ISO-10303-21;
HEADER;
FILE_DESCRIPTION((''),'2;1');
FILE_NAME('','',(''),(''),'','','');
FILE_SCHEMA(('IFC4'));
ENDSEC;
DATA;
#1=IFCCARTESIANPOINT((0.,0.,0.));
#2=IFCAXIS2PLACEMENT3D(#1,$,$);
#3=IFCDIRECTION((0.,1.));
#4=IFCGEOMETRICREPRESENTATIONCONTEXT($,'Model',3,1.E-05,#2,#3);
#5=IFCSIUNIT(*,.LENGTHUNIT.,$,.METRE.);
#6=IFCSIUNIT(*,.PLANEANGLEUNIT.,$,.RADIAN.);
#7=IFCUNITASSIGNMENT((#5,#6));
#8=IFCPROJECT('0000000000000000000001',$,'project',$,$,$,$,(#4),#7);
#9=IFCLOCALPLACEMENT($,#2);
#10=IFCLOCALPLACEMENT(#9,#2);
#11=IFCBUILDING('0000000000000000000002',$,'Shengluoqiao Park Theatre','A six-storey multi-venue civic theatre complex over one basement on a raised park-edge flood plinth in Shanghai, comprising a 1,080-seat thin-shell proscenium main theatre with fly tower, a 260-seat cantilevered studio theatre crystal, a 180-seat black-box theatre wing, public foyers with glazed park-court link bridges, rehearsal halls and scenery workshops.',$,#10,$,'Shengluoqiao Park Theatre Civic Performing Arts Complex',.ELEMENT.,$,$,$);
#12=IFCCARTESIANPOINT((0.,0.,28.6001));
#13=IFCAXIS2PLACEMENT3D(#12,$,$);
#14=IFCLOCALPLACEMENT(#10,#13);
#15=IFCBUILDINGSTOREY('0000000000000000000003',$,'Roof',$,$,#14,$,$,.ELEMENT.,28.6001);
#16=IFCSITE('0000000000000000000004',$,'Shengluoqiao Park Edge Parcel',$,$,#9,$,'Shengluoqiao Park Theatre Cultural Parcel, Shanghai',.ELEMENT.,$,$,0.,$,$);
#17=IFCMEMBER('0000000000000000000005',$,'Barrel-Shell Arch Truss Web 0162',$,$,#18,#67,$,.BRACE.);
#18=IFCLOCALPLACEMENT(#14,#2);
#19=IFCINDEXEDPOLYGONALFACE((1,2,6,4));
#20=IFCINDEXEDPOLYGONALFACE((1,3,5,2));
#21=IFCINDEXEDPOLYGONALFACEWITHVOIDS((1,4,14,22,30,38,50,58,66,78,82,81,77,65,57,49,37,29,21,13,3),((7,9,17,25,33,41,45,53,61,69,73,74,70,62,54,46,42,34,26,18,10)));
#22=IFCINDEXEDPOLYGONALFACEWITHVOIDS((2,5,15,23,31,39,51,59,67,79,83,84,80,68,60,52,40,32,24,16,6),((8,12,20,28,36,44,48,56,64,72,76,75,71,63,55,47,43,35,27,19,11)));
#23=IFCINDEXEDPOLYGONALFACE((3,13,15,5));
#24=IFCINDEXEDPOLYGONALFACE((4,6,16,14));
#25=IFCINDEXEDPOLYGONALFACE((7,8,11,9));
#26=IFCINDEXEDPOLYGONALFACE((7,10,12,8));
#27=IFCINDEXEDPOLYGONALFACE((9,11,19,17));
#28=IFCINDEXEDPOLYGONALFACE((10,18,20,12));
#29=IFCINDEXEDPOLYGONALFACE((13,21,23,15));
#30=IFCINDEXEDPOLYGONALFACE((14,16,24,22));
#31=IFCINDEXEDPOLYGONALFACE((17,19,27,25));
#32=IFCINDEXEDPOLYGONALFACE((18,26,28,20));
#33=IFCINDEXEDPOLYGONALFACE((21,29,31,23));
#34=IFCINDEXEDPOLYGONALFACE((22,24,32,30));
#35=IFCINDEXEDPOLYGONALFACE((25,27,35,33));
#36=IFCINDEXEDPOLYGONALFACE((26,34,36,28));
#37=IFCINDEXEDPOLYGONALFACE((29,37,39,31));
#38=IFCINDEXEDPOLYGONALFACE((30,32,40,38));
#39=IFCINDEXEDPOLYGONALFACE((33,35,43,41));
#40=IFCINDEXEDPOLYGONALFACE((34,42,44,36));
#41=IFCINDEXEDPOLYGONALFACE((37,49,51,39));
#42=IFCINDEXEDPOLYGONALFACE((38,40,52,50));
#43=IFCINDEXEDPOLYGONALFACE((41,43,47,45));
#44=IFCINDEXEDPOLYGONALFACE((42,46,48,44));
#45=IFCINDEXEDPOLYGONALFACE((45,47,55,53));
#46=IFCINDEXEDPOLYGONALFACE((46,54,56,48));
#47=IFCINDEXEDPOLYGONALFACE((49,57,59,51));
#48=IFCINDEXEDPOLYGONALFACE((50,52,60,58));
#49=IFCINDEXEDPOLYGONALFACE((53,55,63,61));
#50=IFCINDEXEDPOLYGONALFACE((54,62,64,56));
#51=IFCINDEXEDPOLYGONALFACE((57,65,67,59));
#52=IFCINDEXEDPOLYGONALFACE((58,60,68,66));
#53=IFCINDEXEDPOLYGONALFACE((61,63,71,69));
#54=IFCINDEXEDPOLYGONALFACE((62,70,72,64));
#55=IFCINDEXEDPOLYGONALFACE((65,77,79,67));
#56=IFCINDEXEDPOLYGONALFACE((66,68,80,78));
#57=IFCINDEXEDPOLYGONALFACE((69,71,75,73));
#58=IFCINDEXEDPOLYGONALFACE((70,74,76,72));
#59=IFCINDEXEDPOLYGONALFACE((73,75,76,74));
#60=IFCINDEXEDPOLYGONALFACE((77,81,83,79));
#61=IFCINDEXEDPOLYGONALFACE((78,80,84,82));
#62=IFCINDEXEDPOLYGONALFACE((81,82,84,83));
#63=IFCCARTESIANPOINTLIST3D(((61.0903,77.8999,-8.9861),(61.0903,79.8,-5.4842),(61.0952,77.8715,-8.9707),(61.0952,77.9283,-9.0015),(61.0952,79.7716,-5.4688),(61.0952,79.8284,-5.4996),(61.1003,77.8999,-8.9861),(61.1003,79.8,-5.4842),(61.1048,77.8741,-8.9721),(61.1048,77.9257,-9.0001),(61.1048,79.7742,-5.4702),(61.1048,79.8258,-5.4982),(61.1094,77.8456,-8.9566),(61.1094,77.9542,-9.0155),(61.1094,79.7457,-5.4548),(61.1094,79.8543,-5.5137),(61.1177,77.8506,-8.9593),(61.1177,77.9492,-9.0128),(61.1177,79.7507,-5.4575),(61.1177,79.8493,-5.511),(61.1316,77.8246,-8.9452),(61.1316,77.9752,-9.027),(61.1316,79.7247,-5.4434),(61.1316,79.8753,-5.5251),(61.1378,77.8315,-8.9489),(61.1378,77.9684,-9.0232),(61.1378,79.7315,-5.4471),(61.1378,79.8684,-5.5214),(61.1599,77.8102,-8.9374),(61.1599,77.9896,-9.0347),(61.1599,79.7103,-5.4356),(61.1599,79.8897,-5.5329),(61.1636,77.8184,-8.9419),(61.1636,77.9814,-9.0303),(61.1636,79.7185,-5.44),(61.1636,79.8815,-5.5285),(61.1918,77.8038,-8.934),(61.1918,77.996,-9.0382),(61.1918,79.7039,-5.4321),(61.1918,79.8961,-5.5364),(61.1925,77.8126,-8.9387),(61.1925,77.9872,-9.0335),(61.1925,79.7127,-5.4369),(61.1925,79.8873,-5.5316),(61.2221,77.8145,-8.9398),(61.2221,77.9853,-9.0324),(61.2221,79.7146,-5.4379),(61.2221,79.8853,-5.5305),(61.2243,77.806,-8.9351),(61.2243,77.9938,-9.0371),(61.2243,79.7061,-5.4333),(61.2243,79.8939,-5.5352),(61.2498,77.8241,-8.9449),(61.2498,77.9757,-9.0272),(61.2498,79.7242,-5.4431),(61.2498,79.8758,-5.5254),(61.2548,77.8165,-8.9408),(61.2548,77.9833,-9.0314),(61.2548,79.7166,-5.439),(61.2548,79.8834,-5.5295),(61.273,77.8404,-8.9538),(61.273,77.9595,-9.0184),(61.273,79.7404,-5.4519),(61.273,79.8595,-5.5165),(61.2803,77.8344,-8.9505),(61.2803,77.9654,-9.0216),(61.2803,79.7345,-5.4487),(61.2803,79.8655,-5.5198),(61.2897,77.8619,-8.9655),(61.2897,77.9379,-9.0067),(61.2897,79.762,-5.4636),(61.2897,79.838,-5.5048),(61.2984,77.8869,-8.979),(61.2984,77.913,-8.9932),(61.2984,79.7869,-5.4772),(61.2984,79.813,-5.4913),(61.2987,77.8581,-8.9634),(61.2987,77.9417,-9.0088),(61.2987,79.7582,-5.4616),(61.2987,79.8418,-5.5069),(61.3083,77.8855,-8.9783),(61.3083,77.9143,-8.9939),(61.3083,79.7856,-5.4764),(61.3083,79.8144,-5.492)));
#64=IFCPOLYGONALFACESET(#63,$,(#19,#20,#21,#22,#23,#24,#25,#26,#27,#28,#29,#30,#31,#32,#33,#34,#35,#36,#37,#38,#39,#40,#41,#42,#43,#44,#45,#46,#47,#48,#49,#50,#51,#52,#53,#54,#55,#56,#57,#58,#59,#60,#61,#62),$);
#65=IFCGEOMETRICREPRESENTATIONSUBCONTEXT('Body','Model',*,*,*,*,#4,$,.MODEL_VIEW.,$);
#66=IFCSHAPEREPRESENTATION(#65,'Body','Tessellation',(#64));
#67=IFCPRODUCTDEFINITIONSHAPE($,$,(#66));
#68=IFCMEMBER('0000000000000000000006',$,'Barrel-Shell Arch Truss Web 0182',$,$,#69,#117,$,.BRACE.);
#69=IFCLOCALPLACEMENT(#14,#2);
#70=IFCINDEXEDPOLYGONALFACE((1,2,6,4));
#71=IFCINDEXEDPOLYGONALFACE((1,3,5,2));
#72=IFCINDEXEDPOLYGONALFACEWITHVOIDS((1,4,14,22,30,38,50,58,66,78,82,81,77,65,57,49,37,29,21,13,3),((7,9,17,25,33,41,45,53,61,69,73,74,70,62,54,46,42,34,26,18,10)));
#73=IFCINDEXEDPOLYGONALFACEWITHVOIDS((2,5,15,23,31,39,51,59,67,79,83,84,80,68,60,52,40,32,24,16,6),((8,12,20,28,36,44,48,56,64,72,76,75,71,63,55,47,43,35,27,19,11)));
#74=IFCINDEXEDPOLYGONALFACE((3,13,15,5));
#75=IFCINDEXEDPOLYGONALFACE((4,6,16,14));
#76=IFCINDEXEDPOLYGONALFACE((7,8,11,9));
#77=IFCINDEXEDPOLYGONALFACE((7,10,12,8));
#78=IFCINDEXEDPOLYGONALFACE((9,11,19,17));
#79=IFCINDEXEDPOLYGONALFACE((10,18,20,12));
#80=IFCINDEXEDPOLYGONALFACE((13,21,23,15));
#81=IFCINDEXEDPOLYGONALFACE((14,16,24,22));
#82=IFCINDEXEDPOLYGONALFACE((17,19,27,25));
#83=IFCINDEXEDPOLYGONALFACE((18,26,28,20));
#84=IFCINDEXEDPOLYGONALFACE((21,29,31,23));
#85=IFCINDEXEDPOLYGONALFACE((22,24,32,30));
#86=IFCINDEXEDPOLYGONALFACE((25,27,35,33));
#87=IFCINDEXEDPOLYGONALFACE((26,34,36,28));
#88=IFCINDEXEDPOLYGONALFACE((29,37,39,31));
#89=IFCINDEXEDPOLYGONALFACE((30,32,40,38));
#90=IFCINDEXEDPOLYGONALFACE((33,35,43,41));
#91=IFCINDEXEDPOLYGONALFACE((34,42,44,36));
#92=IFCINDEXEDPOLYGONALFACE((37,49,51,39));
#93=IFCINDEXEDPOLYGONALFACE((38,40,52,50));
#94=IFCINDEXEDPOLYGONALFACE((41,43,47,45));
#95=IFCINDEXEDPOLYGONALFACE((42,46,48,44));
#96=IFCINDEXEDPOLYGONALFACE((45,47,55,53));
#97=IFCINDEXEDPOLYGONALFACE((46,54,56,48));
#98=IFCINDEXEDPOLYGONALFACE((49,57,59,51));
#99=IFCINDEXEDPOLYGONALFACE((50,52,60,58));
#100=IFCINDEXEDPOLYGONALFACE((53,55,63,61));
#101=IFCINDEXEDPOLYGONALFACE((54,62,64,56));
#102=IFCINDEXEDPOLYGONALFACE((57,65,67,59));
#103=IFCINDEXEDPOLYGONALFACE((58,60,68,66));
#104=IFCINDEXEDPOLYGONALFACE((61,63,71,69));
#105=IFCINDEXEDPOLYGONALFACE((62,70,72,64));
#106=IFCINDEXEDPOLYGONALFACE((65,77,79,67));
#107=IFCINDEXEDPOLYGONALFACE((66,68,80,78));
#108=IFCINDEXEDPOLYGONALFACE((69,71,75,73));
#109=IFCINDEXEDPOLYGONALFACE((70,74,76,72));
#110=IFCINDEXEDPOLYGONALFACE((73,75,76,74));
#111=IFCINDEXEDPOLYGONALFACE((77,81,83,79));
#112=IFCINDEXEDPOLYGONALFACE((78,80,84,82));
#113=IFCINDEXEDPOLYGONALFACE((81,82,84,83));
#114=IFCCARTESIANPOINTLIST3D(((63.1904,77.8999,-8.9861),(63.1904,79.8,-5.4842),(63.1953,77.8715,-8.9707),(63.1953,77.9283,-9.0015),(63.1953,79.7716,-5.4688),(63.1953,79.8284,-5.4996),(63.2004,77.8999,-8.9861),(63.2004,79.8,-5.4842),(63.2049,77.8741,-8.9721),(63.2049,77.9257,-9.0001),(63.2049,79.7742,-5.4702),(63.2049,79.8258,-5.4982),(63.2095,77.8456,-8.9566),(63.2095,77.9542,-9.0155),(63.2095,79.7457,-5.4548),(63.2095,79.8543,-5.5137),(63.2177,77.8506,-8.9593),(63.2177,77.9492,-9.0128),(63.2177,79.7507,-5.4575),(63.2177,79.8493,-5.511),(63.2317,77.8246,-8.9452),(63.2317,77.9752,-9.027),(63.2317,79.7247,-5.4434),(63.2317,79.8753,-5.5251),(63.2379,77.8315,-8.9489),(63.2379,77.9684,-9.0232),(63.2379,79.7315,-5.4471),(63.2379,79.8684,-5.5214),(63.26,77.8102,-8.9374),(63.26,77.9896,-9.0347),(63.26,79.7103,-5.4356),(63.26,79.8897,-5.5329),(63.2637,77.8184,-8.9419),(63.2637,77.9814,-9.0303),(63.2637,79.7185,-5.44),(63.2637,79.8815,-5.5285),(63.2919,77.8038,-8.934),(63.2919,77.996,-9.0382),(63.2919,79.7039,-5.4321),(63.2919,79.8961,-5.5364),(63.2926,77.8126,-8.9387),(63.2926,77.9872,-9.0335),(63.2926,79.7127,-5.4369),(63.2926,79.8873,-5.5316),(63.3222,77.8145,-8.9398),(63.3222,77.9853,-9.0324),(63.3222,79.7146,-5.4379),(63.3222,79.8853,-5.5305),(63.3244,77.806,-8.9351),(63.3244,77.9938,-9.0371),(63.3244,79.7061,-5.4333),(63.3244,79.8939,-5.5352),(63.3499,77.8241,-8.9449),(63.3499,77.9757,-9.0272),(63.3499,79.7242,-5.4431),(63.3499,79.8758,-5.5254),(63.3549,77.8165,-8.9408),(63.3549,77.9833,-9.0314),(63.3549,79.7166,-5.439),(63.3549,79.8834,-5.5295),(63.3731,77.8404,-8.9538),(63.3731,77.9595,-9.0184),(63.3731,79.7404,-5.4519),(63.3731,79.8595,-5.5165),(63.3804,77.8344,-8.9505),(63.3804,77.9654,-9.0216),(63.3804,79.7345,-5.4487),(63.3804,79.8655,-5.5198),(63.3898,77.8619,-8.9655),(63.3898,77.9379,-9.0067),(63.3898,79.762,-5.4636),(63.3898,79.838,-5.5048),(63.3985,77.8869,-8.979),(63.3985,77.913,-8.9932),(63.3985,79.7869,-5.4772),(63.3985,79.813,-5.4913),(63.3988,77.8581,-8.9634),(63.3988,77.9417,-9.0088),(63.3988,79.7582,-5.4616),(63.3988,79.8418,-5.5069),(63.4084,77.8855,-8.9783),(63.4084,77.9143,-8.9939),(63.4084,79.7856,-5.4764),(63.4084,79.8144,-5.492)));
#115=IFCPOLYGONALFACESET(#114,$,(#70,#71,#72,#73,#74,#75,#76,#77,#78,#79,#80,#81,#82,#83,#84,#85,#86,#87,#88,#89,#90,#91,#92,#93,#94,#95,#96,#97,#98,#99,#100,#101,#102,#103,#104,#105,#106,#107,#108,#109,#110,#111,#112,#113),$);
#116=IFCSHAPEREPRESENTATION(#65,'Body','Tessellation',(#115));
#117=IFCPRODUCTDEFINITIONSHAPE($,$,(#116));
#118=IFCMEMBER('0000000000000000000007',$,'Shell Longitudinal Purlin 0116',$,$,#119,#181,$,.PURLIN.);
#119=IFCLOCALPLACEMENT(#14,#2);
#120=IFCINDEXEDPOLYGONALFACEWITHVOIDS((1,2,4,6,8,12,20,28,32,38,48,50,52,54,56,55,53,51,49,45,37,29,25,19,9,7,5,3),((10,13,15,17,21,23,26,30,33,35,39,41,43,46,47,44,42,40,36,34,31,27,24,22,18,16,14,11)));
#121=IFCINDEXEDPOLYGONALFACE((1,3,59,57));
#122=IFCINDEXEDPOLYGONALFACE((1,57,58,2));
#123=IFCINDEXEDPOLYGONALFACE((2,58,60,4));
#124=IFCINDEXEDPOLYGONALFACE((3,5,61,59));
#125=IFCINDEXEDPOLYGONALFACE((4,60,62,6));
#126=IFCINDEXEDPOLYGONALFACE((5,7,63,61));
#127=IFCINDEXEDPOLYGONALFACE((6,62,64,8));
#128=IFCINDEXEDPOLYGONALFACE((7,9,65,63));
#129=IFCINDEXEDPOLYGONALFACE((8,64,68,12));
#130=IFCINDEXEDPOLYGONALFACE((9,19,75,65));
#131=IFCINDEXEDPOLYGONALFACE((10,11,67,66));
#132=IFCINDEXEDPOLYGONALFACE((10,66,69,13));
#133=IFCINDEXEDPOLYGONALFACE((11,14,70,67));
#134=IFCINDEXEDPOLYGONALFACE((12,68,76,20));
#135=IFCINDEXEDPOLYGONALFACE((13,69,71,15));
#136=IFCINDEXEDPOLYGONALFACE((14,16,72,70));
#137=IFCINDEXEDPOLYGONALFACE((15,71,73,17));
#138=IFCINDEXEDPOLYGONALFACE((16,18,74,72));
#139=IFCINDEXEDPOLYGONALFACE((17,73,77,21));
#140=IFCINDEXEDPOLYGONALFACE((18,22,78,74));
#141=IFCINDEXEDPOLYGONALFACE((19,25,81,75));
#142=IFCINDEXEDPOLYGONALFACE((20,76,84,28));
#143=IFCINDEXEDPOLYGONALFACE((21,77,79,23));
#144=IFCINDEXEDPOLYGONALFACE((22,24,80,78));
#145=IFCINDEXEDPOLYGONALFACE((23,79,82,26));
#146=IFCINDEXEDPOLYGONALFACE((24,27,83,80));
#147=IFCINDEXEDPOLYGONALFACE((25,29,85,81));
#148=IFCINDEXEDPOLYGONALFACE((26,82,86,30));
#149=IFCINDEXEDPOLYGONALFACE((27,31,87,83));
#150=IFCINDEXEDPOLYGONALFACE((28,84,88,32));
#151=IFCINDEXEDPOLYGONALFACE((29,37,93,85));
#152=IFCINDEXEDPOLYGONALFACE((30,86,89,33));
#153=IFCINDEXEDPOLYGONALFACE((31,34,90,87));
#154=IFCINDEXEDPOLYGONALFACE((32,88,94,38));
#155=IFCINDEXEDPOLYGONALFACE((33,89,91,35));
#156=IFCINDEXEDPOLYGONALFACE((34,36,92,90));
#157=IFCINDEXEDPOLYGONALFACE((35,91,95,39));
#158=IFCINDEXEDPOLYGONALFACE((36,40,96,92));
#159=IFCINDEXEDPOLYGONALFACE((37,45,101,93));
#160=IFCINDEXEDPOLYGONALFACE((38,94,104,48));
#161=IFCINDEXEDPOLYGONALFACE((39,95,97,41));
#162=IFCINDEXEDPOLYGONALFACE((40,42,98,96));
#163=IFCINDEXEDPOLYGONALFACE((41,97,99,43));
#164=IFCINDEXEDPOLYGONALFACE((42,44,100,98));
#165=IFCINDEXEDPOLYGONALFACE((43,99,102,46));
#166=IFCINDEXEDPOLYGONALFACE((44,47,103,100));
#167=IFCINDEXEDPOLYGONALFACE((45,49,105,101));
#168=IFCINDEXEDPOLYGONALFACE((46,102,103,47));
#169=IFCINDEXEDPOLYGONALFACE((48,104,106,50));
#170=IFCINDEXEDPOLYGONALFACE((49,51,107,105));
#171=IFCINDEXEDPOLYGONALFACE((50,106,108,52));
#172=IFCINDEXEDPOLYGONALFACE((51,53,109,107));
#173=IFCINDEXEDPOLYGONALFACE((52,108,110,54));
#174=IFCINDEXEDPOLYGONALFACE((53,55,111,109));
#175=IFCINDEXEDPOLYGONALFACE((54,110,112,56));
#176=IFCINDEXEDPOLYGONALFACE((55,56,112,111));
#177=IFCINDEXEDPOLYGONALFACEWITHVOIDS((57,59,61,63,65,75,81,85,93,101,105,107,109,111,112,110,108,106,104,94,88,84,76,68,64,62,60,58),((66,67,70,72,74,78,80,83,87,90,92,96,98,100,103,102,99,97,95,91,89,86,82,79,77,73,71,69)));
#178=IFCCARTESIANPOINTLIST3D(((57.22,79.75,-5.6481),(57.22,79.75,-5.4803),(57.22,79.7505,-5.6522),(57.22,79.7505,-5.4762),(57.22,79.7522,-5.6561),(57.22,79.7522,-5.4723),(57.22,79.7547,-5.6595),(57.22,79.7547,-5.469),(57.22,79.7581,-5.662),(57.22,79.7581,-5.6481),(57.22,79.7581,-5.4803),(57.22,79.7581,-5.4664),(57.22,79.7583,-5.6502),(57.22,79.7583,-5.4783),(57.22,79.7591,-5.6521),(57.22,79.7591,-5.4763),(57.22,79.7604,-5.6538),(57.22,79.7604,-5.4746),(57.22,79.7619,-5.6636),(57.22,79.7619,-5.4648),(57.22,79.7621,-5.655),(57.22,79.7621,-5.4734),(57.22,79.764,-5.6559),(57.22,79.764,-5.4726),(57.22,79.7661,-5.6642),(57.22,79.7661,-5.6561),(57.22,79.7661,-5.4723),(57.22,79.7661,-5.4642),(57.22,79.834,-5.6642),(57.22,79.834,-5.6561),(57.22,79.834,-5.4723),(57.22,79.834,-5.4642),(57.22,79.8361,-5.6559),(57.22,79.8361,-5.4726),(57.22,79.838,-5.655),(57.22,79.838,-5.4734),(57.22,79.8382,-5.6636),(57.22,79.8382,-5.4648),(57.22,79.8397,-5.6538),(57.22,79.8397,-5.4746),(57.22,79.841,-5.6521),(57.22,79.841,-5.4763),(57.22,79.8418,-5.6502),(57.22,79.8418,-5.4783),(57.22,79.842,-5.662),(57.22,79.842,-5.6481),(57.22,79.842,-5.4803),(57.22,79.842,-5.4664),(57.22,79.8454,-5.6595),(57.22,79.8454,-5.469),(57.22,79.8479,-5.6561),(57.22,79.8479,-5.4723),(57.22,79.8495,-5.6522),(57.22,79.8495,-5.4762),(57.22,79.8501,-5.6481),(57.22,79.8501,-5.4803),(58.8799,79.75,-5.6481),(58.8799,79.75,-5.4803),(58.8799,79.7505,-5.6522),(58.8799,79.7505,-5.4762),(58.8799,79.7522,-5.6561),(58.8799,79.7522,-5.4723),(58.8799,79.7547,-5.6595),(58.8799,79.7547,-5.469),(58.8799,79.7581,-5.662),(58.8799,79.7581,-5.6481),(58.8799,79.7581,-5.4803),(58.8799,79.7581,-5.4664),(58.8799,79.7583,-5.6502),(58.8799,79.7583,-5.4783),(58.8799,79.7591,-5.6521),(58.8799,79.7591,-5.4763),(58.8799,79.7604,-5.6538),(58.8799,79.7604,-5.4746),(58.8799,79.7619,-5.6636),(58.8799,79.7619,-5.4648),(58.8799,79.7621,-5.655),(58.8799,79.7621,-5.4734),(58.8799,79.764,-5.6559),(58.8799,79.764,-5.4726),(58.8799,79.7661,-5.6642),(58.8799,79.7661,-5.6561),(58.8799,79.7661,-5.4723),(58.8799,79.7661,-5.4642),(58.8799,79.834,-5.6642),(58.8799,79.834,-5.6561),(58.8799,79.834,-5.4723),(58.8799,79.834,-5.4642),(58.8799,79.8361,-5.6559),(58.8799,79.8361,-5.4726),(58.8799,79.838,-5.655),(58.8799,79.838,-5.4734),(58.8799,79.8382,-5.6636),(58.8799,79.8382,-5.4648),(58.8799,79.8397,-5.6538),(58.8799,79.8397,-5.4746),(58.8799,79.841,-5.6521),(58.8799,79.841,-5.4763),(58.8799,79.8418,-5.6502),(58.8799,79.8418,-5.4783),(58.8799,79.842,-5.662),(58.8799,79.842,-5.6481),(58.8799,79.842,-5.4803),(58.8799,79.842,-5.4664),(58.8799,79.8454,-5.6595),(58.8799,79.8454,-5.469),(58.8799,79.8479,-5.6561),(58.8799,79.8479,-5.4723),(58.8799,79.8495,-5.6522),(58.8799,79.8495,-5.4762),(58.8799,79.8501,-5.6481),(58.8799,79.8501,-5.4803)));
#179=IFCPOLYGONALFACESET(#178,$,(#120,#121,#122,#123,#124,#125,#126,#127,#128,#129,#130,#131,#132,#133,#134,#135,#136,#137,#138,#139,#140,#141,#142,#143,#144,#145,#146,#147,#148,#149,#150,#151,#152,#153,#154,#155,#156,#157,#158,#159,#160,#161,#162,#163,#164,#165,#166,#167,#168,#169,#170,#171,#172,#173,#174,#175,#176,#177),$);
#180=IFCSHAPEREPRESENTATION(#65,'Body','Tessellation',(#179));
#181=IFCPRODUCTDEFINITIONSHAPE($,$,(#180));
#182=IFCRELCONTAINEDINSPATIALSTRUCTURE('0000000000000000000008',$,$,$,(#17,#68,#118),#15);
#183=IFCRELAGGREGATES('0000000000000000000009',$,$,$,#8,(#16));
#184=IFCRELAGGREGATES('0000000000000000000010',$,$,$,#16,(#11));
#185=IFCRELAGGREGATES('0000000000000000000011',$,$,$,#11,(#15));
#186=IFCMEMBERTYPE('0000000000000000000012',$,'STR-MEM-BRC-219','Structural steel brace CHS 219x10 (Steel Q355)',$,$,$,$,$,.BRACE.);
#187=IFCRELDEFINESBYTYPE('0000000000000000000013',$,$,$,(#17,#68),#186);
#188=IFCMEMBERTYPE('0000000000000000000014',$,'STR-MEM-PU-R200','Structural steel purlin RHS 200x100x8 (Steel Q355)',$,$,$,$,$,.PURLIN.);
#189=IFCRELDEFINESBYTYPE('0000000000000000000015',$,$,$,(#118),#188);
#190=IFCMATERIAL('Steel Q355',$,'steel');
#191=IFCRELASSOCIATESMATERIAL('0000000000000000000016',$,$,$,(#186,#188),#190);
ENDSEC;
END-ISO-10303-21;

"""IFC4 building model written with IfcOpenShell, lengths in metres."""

from ifc_helpers import new_model, si_unit, direction, frame, origin, origin_2d, place, context, subcontext, project, spatial, hollow_rectangle, hollow_circle, extrude, material, material_profile, profile_set, type_object, element, save


model = new_model("IFC4")

# Units and contexts
model_context = context("Model", 3, precision=1e-05, world=origin(), true_north=direction((0.0, 1.0)))
body_context = subcontext(model_context, "Body", "Model", "MODEL_VIEW")
ifc_project = project(units=[si_unit("LENGTHUNIT", "METRE"), si_unit("PLANEANGLEUNIT", "RADIAN")], contexts=[model_context])

# Site, building, storey
site_placement = place(None, origin())
site = spatial("IfcSite", under=ifc_project, at=site_placement, Name="Shengluoqiao Park Edge Parcel", LongName="Shengluoqiao Park Theatre Cultural Parcel, Shanghai", CompositionType="ELEMENT", RefElevation=0.0)
building_placement = place(site_placement, origin())
building = spatial("IfcBuilding", under=site, at=building_placement, Name="Shengluoqiao Park Theatre", Description="A six-storey multi-venue civic theatre complex over one basement on a raised park-edge flood plinth in Shanghai, comprising a 1,080-seat thin-shell proscenium main theatre with fly tower, a 260-seat cantilevered studio theatre crystal, a 180-seat black-box theatre wing, public foyers with glazed park-court link bridges, rehearsal halls and scenery workshops.", LongName="Shengluoqiao Park Theatre Civic Performing Arts Complex", CompositionType="ELEMENT")
storey_placement = place(building_placement, frame((0.0, 0.0, 28.6001)))
storey = spatial("IfcBuildingStorey", under=building, at=storey_placement, Name="Roof", CompositionType="ELEMENT", Elevation=28.6001)

# Shared definitions
ifc_material_1 = material(Name="Steel Q355", Category="steel")

# Members
ifc_material_profile_1 = material_profile(ifc_material_1, hollow_circle(Radius=0.1096, WallThickness=0.01, at=origin_2d()), Name="CHS 219x10")
ifc_profile_set_1 = profile_set([ifc_material_profile_1], Name="Steel Q355")
member_type_1 = type_object("IfcMemberType", Name="STR-MEM-BRC-219", Description="Structural steel brace CHS 219x10 (Steel Q355)", PredefinedType="BRACE", material=ifc_profile_set_1)
for number, where, z_axis, x_axis, name in (
    (1, (61.2, 77.8999, -8.9861), (0.0, 0.476915, 0.87895), (-1.0, 0.0, 0.0), "Barrel-Shell Arch Truss Web 0162"),
    (2, (63.3, 77.8999, -8.9861), (0.0, 0.476915, 0.87895), (-1.0, 0.0, 0.0), "Barrel-Shell Arch Truss Web 0182"),
):
    element("IfcMember", number, at=place(storey_placement, frame(where, z_axis=z_axis, x_axis=x_axis)), inside=storey, type_object=member_type_1, Name=name, PredefinedType="BRACE", context=body_context, shape_type="SweptSolid", body=[
        extrude(hollow_circle(Radius=0.1096, WallThickness=0.01, at=origin_2d()), origin(), (0.0, 0.0, 1.0), 3.9841),
    ])
ifc_material_profile_2 = material_profile(ifc_material_1, hollow_rectangle(XDim=0.1001, YDim=0.2, WallThickness=0.0081, InnerFilletRadius=0.0081, OuterFilletRadius=0.0161, at=origin_2d()), Name="RHS 200x100x8")
ifc_profile_set_2 = profile_set([ifc_material_profile_2], Name="Steel Q355")
member_type_2 = type_object("IfcMemberType", Name="STR-MEM-PU-R200", Description="Structural steel purlin RHS 200x100x8 (Steel Q355)", PredefinedType="PURLIN", material=ifc_profile_set_2)
for number, where, z_axis, x_axis, name in (
    (3, (57.22, 79.8, -5.5642), (1.0, 0.0, 0.0), (0.0, 1.0, 0.0), "Shell Longitudinal Purlin 0116"),
):
    element("IfcMember", number, at=place(storey_placement, frame(where, z_axis=z_axis, x_axis=x_axis)), inside=storey, type_object=member_type_2, Name=name, PredefinedType="PURLIN", context=body_context, shape_type="SweptSolid", body=[
        extrude(hollow_rectangle(XDim=0.1001, YDim=0.2, WallThickness=0.0081, InnerFilletRadius=0.0081, OuterFilletRadius=0.0161, at=origin_2d()), origin(), (0.0, 0.0, 1.0), 1.6599),
    ])

save(model, "model.ifc")
